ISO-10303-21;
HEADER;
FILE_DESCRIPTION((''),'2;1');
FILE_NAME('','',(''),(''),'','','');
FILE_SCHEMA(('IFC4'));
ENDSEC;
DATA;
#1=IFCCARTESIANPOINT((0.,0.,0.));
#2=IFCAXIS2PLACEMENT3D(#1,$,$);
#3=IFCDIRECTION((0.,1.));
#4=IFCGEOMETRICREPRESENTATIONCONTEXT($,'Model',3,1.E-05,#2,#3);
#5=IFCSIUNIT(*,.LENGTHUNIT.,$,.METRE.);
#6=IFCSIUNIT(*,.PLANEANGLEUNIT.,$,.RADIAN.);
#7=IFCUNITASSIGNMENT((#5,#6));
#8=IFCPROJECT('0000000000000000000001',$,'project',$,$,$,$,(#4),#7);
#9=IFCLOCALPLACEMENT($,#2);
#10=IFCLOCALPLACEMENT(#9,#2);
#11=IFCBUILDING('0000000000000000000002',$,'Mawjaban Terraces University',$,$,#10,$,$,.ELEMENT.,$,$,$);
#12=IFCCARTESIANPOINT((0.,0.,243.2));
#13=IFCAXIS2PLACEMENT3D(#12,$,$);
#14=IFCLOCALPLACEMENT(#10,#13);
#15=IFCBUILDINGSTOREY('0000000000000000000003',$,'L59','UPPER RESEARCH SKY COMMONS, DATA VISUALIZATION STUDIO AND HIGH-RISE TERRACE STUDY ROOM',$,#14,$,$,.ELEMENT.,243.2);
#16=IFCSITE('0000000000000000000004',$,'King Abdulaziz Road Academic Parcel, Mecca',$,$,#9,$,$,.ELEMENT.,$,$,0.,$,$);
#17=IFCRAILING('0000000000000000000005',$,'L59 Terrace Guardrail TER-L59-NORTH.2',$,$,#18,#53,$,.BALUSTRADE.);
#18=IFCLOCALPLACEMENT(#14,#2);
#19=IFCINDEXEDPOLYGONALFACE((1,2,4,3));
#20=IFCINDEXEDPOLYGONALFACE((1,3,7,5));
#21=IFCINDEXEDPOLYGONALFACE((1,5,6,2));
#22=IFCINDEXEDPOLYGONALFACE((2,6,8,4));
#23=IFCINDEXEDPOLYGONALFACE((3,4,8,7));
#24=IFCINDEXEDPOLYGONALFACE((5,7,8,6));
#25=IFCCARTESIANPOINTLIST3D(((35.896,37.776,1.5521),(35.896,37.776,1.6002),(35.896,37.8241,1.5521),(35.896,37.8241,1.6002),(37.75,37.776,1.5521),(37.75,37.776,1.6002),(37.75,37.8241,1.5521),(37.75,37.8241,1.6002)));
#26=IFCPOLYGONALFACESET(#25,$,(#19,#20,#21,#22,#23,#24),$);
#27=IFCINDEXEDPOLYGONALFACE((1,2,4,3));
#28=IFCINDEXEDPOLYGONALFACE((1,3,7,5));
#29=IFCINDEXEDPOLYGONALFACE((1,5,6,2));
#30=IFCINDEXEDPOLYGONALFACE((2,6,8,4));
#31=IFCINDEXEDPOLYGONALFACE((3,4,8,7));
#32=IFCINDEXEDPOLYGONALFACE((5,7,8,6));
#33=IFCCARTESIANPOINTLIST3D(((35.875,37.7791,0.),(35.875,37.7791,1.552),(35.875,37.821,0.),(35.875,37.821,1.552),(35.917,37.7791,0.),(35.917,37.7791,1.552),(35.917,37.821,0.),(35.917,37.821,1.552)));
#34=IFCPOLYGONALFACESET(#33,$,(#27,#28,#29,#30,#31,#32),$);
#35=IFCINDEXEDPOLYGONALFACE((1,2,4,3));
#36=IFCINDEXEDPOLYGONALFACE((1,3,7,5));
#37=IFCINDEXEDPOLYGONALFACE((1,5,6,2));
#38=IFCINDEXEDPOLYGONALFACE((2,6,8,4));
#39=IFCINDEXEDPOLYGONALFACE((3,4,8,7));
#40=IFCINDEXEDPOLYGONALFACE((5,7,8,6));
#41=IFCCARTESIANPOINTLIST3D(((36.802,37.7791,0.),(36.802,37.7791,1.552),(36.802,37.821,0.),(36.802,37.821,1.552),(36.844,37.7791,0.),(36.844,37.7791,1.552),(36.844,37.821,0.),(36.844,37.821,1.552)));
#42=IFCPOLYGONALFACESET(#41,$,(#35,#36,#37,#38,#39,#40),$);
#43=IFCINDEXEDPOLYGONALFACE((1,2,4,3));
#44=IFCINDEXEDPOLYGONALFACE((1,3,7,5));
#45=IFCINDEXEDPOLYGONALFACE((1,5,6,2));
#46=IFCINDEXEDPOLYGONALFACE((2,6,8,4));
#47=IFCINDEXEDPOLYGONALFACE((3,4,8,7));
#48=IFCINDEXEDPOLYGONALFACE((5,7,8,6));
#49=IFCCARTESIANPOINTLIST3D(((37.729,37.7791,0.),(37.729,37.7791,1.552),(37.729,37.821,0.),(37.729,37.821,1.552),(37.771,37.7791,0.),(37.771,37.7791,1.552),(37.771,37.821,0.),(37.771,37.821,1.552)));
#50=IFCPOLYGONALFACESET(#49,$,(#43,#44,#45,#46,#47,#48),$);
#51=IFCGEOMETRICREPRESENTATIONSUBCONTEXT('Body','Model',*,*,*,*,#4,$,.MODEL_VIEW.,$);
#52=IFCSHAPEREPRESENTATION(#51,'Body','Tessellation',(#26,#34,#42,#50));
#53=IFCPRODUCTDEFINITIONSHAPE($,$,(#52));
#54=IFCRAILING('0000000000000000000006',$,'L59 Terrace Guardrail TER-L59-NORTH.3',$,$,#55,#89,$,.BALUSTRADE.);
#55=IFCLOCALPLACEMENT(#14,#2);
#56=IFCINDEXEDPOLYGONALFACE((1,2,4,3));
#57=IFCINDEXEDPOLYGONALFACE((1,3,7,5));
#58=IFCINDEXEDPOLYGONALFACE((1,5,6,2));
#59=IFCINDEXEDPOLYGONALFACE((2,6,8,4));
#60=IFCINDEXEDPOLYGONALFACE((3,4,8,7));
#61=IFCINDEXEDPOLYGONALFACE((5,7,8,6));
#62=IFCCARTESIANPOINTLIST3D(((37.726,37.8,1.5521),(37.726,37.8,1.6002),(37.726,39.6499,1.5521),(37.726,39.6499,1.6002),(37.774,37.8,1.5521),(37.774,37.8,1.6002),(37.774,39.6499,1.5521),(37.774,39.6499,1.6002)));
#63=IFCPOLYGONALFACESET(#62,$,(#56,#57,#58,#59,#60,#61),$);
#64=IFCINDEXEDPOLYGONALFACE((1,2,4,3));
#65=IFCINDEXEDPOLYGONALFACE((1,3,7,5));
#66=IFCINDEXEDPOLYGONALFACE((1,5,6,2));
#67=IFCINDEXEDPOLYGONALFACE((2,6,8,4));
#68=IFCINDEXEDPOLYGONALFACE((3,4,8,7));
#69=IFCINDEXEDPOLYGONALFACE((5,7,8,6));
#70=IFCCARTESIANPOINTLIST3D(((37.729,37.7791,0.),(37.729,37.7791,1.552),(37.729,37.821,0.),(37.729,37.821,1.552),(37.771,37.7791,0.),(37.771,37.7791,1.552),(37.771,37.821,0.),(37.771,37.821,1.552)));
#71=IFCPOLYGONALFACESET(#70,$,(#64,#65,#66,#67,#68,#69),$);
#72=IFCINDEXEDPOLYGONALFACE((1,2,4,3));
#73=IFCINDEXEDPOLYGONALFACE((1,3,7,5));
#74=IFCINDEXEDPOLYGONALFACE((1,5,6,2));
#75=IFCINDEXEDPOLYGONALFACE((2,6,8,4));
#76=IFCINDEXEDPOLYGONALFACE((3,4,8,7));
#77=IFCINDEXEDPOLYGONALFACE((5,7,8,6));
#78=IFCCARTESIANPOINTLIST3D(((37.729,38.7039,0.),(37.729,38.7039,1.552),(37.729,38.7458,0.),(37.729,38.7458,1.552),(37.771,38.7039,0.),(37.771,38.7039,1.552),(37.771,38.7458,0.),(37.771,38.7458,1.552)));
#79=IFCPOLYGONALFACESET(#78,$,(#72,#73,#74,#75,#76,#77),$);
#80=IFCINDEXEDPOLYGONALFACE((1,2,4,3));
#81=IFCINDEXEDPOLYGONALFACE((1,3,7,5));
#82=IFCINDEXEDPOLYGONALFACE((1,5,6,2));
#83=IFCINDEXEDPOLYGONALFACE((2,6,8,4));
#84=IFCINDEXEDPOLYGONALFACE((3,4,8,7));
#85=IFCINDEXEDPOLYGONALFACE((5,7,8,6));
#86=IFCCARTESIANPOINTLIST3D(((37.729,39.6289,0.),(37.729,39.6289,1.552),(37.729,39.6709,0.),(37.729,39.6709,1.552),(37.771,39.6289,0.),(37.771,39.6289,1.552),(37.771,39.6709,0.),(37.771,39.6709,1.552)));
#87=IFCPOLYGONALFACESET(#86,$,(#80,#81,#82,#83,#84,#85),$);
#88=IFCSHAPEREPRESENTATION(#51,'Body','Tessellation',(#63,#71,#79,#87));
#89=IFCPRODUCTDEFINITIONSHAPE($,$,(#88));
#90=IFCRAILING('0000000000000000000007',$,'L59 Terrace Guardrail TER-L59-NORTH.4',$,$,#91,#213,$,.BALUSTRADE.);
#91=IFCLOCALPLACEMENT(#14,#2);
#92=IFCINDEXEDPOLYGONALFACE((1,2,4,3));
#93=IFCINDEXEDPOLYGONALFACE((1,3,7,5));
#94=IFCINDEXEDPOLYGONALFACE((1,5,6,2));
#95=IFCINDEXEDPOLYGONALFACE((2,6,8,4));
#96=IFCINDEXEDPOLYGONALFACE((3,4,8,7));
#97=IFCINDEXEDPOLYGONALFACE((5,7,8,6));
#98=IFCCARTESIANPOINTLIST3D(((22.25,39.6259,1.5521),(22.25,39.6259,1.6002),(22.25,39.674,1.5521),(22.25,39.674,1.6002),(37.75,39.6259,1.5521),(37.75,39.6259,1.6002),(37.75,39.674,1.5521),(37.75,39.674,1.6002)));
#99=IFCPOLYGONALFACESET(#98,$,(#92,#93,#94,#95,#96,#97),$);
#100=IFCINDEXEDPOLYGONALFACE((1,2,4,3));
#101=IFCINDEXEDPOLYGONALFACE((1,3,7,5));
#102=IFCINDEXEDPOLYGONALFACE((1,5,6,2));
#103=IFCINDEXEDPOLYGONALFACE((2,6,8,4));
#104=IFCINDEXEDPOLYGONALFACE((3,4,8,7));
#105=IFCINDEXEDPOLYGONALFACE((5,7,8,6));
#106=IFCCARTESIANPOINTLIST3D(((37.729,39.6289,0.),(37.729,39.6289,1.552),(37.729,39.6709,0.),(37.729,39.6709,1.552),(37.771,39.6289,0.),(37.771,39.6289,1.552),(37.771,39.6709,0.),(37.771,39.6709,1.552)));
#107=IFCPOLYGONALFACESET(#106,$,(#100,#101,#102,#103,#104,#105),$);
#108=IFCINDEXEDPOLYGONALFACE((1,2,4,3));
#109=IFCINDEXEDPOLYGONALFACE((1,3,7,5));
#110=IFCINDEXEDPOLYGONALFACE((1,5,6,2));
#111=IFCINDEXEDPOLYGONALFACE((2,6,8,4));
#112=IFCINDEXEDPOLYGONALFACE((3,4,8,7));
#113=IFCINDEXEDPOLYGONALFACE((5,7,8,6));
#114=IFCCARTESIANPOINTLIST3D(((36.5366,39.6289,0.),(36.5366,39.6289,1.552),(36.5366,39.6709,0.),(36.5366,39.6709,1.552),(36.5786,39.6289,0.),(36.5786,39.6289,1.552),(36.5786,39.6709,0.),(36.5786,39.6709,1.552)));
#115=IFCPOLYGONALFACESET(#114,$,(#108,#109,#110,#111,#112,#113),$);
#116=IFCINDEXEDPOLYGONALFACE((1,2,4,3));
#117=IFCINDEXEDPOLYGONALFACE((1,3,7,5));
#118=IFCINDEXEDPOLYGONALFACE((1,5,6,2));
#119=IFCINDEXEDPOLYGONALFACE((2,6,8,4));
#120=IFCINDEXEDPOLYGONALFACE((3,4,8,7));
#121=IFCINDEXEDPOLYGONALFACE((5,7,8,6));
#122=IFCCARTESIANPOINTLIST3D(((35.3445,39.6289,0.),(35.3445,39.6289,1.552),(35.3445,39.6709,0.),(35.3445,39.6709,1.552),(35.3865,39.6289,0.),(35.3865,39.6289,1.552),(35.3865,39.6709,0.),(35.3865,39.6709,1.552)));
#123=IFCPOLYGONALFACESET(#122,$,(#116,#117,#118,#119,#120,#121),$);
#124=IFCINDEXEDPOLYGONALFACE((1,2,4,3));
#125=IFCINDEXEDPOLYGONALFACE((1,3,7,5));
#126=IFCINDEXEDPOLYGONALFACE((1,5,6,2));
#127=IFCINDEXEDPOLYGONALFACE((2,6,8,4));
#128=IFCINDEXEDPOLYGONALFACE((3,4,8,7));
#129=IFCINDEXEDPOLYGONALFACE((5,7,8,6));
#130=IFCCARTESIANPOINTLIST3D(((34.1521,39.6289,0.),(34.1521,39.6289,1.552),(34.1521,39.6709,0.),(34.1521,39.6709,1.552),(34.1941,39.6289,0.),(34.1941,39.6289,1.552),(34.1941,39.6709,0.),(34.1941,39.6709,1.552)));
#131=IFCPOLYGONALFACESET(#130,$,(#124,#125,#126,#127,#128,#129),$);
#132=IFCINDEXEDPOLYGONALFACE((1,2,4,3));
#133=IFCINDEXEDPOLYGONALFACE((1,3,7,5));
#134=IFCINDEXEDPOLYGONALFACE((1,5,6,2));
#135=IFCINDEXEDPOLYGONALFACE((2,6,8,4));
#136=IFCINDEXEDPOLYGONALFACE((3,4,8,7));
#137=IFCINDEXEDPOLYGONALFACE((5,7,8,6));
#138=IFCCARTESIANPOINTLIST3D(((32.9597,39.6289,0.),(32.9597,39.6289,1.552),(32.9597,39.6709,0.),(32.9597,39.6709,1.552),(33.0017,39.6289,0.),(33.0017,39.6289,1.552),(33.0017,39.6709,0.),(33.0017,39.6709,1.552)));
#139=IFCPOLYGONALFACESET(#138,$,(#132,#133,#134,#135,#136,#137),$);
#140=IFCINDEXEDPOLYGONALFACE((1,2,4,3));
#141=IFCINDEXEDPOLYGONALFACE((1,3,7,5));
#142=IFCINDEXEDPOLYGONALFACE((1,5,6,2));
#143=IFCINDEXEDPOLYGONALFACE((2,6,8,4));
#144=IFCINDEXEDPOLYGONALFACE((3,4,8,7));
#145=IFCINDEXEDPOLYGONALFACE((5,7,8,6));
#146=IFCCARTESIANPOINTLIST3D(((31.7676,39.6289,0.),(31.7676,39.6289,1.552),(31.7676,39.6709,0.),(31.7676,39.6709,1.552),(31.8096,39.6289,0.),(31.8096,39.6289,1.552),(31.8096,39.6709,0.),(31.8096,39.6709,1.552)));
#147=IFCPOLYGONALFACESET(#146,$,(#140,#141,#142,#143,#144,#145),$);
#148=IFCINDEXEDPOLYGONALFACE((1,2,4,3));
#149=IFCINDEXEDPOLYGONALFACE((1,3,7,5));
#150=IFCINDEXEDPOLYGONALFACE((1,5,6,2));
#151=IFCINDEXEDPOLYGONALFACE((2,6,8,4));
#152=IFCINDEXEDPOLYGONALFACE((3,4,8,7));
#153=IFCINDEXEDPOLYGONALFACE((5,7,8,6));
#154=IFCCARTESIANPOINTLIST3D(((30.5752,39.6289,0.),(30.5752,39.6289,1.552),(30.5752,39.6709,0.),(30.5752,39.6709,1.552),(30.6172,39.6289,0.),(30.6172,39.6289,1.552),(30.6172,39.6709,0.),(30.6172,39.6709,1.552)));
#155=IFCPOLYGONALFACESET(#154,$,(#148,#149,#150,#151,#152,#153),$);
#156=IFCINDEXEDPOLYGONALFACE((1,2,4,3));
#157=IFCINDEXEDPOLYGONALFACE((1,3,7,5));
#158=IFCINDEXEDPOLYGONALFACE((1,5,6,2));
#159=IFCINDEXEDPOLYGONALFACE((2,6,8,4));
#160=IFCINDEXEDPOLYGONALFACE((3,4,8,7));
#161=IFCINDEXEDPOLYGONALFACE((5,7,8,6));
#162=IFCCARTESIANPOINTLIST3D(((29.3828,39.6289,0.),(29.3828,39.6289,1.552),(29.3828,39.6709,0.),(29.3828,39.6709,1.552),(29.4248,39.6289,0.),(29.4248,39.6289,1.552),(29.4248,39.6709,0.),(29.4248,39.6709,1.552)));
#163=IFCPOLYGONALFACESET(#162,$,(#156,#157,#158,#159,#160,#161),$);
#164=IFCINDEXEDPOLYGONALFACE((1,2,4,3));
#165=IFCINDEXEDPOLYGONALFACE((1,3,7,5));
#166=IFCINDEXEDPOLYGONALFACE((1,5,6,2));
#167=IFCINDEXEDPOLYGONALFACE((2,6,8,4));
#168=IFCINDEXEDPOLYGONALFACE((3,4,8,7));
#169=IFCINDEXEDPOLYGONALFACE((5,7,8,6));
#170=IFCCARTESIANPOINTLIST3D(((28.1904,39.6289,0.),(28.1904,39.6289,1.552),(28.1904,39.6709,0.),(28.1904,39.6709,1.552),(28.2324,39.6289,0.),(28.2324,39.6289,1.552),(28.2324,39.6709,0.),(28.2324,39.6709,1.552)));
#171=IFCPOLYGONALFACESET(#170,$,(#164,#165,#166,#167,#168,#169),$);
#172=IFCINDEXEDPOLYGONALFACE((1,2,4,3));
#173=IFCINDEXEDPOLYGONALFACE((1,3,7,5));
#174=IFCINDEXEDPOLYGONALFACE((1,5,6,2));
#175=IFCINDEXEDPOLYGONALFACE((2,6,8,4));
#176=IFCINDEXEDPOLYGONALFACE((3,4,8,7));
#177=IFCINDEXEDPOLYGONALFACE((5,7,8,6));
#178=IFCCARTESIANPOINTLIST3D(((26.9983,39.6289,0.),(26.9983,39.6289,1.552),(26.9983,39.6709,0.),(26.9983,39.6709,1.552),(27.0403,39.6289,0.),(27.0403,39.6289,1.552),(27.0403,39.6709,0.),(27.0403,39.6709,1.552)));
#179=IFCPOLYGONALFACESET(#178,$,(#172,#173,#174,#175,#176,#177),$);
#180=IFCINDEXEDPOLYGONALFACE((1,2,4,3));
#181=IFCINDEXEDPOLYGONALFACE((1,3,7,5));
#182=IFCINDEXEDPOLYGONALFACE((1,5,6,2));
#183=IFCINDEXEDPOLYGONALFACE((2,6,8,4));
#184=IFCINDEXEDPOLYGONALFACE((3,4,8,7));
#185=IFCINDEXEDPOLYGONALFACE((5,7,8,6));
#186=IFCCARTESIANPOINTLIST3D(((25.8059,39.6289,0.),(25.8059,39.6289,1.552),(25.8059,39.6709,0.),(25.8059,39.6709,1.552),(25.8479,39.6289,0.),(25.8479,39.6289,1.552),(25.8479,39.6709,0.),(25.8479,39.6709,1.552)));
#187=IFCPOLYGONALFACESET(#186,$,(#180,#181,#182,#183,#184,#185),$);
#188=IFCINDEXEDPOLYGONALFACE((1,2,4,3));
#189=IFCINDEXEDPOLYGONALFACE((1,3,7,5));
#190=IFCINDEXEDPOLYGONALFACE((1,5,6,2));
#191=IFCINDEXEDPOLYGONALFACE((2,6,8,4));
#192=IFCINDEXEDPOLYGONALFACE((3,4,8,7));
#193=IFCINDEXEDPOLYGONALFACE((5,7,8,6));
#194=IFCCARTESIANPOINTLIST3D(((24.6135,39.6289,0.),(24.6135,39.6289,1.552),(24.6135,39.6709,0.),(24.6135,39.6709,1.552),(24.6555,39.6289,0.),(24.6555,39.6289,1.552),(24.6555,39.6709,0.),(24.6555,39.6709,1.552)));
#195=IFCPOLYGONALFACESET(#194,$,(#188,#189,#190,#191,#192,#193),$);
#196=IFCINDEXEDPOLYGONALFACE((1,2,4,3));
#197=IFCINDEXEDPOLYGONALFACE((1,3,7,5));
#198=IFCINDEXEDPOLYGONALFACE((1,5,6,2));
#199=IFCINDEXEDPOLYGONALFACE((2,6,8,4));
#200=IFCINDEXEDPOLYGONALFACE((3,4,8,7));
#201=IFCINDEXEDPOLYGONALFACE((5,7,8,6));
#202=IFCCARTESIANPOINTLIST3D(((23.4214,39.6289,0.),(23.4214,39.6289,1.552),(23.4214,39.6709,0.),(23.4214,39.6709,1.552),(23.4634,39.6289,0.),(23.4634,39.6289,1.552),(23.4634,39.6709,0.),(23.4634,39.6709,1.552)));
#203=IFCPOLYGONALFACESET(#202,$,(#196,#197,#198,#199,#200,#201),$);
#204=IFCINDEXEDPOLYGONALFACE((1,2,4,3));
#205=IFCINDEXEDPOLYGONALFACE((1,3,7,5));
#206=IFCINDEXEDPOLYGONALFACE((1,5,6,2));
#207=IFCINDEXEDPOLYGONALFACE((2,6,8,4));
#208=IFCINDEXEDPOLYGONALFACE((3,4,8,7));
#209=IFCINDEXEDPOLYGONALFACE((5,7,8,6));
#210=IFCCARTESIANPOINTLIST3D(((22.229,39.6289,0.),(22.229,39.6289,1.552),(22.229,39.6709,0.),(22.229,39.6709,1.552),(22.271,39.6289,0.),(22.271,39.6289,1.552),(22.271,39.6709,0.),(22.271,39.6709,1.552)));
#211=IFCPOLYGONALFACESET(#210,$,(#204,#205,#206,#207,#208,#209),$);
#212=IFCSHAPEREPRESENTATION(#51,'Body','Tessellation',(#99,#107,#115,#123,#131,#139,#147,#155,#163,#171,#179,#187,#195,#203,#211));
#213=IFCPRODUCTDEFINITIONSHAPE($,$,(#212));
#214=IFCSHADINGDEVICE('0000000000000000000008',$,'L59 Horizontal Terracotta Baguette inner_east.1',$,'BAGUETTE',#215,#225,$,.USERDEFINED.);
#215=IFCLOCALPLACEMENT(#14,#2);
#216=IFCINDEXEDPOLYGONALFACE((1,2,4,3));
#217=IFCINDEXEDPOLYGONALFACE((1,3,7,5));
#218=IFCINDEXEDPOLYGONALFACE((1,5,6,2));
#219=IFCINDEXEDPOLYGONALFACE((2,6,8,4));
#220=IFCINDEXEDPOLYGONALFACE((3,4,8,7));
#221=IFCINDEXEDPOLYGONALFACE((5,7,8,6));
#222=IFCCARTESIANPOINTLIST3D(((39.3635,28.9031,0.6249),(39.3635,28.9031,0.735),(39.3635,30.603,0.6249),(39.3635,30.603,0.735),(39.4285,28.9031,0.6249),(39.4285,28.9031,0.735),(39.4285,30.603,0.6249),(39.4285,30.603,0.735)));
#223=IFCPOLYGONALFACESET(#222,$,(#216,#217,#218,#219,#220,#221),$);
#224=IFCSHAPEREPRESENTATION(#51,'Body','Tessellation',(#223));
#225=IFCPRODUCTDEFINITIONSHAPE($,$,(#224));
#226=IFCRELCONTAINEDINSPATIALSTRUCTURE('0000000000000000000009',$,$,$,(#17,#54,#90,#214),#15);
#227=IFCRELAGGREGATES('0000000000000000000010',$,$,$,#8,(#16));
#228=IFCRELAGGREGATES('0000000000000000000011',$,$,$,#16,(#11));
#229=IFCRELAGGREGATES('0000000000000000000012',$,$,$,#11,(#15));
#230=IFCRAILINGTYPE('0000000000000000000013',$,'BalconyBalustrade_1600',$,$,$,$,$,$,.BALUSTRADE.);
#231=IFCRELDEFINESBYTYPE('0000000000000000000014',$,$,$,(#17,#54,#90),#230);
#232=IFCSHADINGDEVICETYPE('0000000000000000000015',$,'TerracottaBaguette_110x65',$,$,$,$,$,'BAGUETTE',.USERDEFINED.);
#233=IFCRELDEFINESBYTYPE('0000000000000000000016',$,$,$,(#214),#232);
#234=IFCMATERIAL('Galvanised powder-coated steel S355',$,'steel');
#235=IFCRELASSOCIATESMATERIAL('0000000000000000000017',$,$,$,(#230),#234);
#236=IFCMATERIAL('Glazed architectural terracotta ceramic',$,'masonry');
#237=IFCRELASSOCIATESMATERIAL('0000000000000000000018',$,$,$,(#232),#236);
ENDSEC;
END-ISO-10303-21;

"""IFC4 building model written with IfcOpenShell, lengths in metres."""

from ifc_helpers import new_model, si_unit, direction, frame, origin, origin_2d, place, context, subcontext, project, spatial, rectangle, extrude, material, material_profile, profile_set, type_object, element, save


model = new_model("IFC4")

# Units and contexts
model_context = context("Model", 3, precision=1e-05, world=origin(), true_north=direction((0.0, 1.0)))
body_context = subcontext(model_context, "Body", "Model", "MODEL_VIEW")
ifc_project = project(units=[si_unit("LENGTHUNIT", "METRE"), si_unit("PLANEANGLEUNIT", "RADIAN")], contexts=[model_context])

# Site, building, storey
site_placement = place(None, origin())
site = spatial("IfcSite", under=ifc_project, at=site_placement, Name="King Abdulaziz Road Academic Parcel, Mecca", CompositionType="ELEMENT", RefElevation=0.0)
building_placement = place(site_placement, origin())
building = spatial("IfcBuilding", under=site, at=building_placement, Name="Mawjaban Terraces University", CompositionType="ELEMENT")
storey_placement = place(building_placement, frame((0.0, 0.0, 243.2)))
storey = spatial("IfcBuildingStorey", under=building, at=storey_placement, Name="L59", Description="UPPER RESEARCH SKY COMMONS, DATA VISUALIZATION STUDIO AND HIGH-RISE TERRACE STUDY ROOM", CompositionType="ELEMENT", Elevation=243.2)

# Railings
ifc_material_1 = material(Name="Galvanised powder-coated steel S355", Category="steel")
railing_type = type_object("IfcRailingType", Name="BalconyBalustrade_1600", PredefinedType="BALUSTRADE", material=ifc_material_1)
railing_1_placement = place(storey_placement, frame((35.896, 37.8, 0.0)))
element("IfcRailing", 1, at=railing_1_placement, inside=storey, type_object=railing_type, Name="L59 Terrace Guardrail TER-L59-NORTH.2", PredefinedType="BALUSTRADE", context=body_context, shape_type="SweptSolid", body=[
    extrude(rectangle(XDim=0.0481, YDim=0.0481, at=origin_2d()), frame((0.0, 0.0, 1.5762), z_axis=(1.0, 0.0, 0.0), x_axis=(0.0, 1.0, 0.0)), (0.0, 0.0, 1.0), 1.854),
    extrude(rectangle(XDim=0.042, YDim=0.042, at=origin_2d()), origin(), (0.0, 0.0, 1.0), 1.552),
    extrude(rectangle(XDim=0.042, YDim=0.042, at=origin_2d()), frame((0.927, 0.0, 0.0)), (0.0, 0.0, 1.0), 1.552),
    extrude(rectangle(XDim=0.042, YDim=0.042, at=origin_2d()), frame((1.854, 0.0, 0.0)), (0.0, 0.0, 1.0), 1.552),
])
railing_2_placement = place(storey_placement, frame((37.75, 37.8, 0.0)))
element("IfcRailing", 2, at=railing_2_placement, inside=storey, type_object=railing_type, Name="L59 Terrace Guardrail TER-L59-NORTH.3", PredefinedType="BALUSTRADE", context=body_context, shape_type="SweptSolid", body=[
    extrude(rectangle(XDim=0.0481, YDim=0.0481, at=origin_2d()), frame((0.0, 0.0, 1.5762), z_axis=(0.0, 1.0, 0.0), x_axis=(-1.0, 0.0, 0.0)), (0.0, 0.0, 1.0), 1.8499),
    extrude(rectangle(XDim=0.042, YDim=0.042, at=origin_2d()), origin(), (0.0, 0.0, 1.0), 1.552),
    extrude(rectangle(XDim=0.042, YDim=0.042, at=origin_2d()), frame((0.0, 0.9248, 0.0)), (0.0, 0.0, 1.0), 1.552),
    extrude(rectangle(XDim=0.042, YDim=0.042, at=origin_2d()), frame((0.0, 1.8499, 0.0)), (0.0, 0.0, 1.0), 1.552),
])
railing_3_placement = place(storey_placement, frame((37.75, 39.6499, 0.0)))
element("IfcRailing", 3, at=railing_3_placement, inside=storey, type_object=railing_type, Name="L59 Terrace Guardrail TER-L59-NORTH.4", PredefinedType="BALUSTRADE", context=body_context, shape_type="SweptSolid", body=[
    extrude(rectangle(XDim=0.0481, YDim=0.0481, at=origin_2d()), frame((0.0, 0.0, 1.5762), z_axis=(-1.0, 0.0, 0.0), x_axis=(0.0, -1.0, 0.0)), (0.0, 0.0, 1.0), 15.5),
    extrude(rectangle(XDim=0.042, YDim=0.042, at=origin_2d()), origin(), (0.0, 0.0, 1.0), 1.552),
    extrude(rectangle(XDim=0.042, YDim=0.042, at=origin_2d()), frame((-1.1924, 0.0, 0.0)), (0.0, 0.0, 1.0), 1.552),
    extrude(rectangle(XDim=0.042, YDim=0.042, at=origin_2d()), frame((-2.3845, 0.0, 0.0)), (0.0, 0.0, 1.0), 1.552),
    extrude(rectangle(XDim=0.042, YDim=0.042, at=origin_2d()), frame((-3.5769, 0.0, 0.0)), (0.0, 0.0, 1.0), 1.552),
    extrude(rectangle(XDim=0.042, YDim=0.042, at=origin_2d()), frame((-4.7693, 0.0, 0.0)), (0.0, 0.0, 1.0), 1.552),
    extrude(rectangle(XDim=0.042, YDim=0.042, at=origin_2d()), frame((-5.9614, 0.0, 0.0)), (0.0, 0.0, 1.0), 1.552),
    extrude(rectangle(XDim=0.042, YDim=0.042, at=origin_2d()), frame((-7.1538, 0.0, 0.0)), (0.0, 0.0, 1.0), 1.552),
    extrude(rectangle(XDim=0.042, YDim=0.042, at=origin_2d()), frame((-8.3462, 0.0, 0.0)), (0.0, 0.0, 1.0), 1.552),
    extrude(rectangle(XDim=0.042, YDim=0.042, at=origin_2d()), frame((-9.5386, 0.0, 0.0)), (0.0, 0.0, 1.0), 1.552),
    extrude(rectangle(XDim=0.042, YDim=0.042, at=origin_2d()), frame((-10.7307, 0.0, 0.0)), (0.0, 0.0, 1.0), 1.552),
    extrude(rectangle(XDim=0.042, YDim=0.042, at=origin_2d()), frame((-11.9231, 0.0, 0.0)), (0.0, 0.0, 1.0), 1.552),
    extrude(rectangle(XDim=0.042, YDim=0.042, at=origin_2d()), frame((-13.1155, 0.0, 0.0)), (0.0, 0.0, 1.0), 1.552),
    extrude(rectangle(XDim=0.042, YDim=0.042, at=origin_2d()), frame((-14.3076, 0.0, 0.0)), (0.0, 0.0, 1.0), 1.552),
    extrude(rectangle(XDim=0.042, YDim=0.042, at=origin_2d()), frame((-15.5, 0.0, 0.0)), (0.0, 0.0, 1.0), 1.552),
])

# Shading device
ifc_material_2 = material(Name="Glazed architectural terracotta ceramic", Category="masonry")
ifc_material_profile_1 = material_profile(ifc_material_2, rectangle(XDim=0.0649, YDim=0.1101, at=origin_2d()), Name="TBAG110X65")
ifc_profile_set_1 = profile_set([ifc_material_profile_1], Name="Glazed architectural terracotta ceramic")
shading_device_type_1 = type_object("IfcShadingDeviceType", Name="TerracottaBaguette_110x65", ElementType="BAGUETTE", PredefinedType="USERDEFINED", material=ifc_profile_set_1)
for number, where, z_axis, x_axis, name in (
    (4, (39.396, 28.9031, 0.6799), (0.0, 1.0, 0.0), (-1.0, 0.0, 0.0), "L59 Horizontal Terracotta Baguette inner_east.1"),
):
    element("IfcShadingDevice", number, at=place(storey_placement, frame(where, z_axis=z_axis, x_axis=x_axis)), inside=storey, type_object=shading_device_type_1, Name=name, ObjectType="BAGUETTE", PredefinedType="USERDEFINED", context=body_context, shape_type="SweptSolid", body=[
        extrude(rectangle(XDim=0.0649, YDim=0.1101, at=origin_2d()), origin(), (0.0, 0.0, 1.0), 1.7),
    ])

save(model, "model.ifc")
